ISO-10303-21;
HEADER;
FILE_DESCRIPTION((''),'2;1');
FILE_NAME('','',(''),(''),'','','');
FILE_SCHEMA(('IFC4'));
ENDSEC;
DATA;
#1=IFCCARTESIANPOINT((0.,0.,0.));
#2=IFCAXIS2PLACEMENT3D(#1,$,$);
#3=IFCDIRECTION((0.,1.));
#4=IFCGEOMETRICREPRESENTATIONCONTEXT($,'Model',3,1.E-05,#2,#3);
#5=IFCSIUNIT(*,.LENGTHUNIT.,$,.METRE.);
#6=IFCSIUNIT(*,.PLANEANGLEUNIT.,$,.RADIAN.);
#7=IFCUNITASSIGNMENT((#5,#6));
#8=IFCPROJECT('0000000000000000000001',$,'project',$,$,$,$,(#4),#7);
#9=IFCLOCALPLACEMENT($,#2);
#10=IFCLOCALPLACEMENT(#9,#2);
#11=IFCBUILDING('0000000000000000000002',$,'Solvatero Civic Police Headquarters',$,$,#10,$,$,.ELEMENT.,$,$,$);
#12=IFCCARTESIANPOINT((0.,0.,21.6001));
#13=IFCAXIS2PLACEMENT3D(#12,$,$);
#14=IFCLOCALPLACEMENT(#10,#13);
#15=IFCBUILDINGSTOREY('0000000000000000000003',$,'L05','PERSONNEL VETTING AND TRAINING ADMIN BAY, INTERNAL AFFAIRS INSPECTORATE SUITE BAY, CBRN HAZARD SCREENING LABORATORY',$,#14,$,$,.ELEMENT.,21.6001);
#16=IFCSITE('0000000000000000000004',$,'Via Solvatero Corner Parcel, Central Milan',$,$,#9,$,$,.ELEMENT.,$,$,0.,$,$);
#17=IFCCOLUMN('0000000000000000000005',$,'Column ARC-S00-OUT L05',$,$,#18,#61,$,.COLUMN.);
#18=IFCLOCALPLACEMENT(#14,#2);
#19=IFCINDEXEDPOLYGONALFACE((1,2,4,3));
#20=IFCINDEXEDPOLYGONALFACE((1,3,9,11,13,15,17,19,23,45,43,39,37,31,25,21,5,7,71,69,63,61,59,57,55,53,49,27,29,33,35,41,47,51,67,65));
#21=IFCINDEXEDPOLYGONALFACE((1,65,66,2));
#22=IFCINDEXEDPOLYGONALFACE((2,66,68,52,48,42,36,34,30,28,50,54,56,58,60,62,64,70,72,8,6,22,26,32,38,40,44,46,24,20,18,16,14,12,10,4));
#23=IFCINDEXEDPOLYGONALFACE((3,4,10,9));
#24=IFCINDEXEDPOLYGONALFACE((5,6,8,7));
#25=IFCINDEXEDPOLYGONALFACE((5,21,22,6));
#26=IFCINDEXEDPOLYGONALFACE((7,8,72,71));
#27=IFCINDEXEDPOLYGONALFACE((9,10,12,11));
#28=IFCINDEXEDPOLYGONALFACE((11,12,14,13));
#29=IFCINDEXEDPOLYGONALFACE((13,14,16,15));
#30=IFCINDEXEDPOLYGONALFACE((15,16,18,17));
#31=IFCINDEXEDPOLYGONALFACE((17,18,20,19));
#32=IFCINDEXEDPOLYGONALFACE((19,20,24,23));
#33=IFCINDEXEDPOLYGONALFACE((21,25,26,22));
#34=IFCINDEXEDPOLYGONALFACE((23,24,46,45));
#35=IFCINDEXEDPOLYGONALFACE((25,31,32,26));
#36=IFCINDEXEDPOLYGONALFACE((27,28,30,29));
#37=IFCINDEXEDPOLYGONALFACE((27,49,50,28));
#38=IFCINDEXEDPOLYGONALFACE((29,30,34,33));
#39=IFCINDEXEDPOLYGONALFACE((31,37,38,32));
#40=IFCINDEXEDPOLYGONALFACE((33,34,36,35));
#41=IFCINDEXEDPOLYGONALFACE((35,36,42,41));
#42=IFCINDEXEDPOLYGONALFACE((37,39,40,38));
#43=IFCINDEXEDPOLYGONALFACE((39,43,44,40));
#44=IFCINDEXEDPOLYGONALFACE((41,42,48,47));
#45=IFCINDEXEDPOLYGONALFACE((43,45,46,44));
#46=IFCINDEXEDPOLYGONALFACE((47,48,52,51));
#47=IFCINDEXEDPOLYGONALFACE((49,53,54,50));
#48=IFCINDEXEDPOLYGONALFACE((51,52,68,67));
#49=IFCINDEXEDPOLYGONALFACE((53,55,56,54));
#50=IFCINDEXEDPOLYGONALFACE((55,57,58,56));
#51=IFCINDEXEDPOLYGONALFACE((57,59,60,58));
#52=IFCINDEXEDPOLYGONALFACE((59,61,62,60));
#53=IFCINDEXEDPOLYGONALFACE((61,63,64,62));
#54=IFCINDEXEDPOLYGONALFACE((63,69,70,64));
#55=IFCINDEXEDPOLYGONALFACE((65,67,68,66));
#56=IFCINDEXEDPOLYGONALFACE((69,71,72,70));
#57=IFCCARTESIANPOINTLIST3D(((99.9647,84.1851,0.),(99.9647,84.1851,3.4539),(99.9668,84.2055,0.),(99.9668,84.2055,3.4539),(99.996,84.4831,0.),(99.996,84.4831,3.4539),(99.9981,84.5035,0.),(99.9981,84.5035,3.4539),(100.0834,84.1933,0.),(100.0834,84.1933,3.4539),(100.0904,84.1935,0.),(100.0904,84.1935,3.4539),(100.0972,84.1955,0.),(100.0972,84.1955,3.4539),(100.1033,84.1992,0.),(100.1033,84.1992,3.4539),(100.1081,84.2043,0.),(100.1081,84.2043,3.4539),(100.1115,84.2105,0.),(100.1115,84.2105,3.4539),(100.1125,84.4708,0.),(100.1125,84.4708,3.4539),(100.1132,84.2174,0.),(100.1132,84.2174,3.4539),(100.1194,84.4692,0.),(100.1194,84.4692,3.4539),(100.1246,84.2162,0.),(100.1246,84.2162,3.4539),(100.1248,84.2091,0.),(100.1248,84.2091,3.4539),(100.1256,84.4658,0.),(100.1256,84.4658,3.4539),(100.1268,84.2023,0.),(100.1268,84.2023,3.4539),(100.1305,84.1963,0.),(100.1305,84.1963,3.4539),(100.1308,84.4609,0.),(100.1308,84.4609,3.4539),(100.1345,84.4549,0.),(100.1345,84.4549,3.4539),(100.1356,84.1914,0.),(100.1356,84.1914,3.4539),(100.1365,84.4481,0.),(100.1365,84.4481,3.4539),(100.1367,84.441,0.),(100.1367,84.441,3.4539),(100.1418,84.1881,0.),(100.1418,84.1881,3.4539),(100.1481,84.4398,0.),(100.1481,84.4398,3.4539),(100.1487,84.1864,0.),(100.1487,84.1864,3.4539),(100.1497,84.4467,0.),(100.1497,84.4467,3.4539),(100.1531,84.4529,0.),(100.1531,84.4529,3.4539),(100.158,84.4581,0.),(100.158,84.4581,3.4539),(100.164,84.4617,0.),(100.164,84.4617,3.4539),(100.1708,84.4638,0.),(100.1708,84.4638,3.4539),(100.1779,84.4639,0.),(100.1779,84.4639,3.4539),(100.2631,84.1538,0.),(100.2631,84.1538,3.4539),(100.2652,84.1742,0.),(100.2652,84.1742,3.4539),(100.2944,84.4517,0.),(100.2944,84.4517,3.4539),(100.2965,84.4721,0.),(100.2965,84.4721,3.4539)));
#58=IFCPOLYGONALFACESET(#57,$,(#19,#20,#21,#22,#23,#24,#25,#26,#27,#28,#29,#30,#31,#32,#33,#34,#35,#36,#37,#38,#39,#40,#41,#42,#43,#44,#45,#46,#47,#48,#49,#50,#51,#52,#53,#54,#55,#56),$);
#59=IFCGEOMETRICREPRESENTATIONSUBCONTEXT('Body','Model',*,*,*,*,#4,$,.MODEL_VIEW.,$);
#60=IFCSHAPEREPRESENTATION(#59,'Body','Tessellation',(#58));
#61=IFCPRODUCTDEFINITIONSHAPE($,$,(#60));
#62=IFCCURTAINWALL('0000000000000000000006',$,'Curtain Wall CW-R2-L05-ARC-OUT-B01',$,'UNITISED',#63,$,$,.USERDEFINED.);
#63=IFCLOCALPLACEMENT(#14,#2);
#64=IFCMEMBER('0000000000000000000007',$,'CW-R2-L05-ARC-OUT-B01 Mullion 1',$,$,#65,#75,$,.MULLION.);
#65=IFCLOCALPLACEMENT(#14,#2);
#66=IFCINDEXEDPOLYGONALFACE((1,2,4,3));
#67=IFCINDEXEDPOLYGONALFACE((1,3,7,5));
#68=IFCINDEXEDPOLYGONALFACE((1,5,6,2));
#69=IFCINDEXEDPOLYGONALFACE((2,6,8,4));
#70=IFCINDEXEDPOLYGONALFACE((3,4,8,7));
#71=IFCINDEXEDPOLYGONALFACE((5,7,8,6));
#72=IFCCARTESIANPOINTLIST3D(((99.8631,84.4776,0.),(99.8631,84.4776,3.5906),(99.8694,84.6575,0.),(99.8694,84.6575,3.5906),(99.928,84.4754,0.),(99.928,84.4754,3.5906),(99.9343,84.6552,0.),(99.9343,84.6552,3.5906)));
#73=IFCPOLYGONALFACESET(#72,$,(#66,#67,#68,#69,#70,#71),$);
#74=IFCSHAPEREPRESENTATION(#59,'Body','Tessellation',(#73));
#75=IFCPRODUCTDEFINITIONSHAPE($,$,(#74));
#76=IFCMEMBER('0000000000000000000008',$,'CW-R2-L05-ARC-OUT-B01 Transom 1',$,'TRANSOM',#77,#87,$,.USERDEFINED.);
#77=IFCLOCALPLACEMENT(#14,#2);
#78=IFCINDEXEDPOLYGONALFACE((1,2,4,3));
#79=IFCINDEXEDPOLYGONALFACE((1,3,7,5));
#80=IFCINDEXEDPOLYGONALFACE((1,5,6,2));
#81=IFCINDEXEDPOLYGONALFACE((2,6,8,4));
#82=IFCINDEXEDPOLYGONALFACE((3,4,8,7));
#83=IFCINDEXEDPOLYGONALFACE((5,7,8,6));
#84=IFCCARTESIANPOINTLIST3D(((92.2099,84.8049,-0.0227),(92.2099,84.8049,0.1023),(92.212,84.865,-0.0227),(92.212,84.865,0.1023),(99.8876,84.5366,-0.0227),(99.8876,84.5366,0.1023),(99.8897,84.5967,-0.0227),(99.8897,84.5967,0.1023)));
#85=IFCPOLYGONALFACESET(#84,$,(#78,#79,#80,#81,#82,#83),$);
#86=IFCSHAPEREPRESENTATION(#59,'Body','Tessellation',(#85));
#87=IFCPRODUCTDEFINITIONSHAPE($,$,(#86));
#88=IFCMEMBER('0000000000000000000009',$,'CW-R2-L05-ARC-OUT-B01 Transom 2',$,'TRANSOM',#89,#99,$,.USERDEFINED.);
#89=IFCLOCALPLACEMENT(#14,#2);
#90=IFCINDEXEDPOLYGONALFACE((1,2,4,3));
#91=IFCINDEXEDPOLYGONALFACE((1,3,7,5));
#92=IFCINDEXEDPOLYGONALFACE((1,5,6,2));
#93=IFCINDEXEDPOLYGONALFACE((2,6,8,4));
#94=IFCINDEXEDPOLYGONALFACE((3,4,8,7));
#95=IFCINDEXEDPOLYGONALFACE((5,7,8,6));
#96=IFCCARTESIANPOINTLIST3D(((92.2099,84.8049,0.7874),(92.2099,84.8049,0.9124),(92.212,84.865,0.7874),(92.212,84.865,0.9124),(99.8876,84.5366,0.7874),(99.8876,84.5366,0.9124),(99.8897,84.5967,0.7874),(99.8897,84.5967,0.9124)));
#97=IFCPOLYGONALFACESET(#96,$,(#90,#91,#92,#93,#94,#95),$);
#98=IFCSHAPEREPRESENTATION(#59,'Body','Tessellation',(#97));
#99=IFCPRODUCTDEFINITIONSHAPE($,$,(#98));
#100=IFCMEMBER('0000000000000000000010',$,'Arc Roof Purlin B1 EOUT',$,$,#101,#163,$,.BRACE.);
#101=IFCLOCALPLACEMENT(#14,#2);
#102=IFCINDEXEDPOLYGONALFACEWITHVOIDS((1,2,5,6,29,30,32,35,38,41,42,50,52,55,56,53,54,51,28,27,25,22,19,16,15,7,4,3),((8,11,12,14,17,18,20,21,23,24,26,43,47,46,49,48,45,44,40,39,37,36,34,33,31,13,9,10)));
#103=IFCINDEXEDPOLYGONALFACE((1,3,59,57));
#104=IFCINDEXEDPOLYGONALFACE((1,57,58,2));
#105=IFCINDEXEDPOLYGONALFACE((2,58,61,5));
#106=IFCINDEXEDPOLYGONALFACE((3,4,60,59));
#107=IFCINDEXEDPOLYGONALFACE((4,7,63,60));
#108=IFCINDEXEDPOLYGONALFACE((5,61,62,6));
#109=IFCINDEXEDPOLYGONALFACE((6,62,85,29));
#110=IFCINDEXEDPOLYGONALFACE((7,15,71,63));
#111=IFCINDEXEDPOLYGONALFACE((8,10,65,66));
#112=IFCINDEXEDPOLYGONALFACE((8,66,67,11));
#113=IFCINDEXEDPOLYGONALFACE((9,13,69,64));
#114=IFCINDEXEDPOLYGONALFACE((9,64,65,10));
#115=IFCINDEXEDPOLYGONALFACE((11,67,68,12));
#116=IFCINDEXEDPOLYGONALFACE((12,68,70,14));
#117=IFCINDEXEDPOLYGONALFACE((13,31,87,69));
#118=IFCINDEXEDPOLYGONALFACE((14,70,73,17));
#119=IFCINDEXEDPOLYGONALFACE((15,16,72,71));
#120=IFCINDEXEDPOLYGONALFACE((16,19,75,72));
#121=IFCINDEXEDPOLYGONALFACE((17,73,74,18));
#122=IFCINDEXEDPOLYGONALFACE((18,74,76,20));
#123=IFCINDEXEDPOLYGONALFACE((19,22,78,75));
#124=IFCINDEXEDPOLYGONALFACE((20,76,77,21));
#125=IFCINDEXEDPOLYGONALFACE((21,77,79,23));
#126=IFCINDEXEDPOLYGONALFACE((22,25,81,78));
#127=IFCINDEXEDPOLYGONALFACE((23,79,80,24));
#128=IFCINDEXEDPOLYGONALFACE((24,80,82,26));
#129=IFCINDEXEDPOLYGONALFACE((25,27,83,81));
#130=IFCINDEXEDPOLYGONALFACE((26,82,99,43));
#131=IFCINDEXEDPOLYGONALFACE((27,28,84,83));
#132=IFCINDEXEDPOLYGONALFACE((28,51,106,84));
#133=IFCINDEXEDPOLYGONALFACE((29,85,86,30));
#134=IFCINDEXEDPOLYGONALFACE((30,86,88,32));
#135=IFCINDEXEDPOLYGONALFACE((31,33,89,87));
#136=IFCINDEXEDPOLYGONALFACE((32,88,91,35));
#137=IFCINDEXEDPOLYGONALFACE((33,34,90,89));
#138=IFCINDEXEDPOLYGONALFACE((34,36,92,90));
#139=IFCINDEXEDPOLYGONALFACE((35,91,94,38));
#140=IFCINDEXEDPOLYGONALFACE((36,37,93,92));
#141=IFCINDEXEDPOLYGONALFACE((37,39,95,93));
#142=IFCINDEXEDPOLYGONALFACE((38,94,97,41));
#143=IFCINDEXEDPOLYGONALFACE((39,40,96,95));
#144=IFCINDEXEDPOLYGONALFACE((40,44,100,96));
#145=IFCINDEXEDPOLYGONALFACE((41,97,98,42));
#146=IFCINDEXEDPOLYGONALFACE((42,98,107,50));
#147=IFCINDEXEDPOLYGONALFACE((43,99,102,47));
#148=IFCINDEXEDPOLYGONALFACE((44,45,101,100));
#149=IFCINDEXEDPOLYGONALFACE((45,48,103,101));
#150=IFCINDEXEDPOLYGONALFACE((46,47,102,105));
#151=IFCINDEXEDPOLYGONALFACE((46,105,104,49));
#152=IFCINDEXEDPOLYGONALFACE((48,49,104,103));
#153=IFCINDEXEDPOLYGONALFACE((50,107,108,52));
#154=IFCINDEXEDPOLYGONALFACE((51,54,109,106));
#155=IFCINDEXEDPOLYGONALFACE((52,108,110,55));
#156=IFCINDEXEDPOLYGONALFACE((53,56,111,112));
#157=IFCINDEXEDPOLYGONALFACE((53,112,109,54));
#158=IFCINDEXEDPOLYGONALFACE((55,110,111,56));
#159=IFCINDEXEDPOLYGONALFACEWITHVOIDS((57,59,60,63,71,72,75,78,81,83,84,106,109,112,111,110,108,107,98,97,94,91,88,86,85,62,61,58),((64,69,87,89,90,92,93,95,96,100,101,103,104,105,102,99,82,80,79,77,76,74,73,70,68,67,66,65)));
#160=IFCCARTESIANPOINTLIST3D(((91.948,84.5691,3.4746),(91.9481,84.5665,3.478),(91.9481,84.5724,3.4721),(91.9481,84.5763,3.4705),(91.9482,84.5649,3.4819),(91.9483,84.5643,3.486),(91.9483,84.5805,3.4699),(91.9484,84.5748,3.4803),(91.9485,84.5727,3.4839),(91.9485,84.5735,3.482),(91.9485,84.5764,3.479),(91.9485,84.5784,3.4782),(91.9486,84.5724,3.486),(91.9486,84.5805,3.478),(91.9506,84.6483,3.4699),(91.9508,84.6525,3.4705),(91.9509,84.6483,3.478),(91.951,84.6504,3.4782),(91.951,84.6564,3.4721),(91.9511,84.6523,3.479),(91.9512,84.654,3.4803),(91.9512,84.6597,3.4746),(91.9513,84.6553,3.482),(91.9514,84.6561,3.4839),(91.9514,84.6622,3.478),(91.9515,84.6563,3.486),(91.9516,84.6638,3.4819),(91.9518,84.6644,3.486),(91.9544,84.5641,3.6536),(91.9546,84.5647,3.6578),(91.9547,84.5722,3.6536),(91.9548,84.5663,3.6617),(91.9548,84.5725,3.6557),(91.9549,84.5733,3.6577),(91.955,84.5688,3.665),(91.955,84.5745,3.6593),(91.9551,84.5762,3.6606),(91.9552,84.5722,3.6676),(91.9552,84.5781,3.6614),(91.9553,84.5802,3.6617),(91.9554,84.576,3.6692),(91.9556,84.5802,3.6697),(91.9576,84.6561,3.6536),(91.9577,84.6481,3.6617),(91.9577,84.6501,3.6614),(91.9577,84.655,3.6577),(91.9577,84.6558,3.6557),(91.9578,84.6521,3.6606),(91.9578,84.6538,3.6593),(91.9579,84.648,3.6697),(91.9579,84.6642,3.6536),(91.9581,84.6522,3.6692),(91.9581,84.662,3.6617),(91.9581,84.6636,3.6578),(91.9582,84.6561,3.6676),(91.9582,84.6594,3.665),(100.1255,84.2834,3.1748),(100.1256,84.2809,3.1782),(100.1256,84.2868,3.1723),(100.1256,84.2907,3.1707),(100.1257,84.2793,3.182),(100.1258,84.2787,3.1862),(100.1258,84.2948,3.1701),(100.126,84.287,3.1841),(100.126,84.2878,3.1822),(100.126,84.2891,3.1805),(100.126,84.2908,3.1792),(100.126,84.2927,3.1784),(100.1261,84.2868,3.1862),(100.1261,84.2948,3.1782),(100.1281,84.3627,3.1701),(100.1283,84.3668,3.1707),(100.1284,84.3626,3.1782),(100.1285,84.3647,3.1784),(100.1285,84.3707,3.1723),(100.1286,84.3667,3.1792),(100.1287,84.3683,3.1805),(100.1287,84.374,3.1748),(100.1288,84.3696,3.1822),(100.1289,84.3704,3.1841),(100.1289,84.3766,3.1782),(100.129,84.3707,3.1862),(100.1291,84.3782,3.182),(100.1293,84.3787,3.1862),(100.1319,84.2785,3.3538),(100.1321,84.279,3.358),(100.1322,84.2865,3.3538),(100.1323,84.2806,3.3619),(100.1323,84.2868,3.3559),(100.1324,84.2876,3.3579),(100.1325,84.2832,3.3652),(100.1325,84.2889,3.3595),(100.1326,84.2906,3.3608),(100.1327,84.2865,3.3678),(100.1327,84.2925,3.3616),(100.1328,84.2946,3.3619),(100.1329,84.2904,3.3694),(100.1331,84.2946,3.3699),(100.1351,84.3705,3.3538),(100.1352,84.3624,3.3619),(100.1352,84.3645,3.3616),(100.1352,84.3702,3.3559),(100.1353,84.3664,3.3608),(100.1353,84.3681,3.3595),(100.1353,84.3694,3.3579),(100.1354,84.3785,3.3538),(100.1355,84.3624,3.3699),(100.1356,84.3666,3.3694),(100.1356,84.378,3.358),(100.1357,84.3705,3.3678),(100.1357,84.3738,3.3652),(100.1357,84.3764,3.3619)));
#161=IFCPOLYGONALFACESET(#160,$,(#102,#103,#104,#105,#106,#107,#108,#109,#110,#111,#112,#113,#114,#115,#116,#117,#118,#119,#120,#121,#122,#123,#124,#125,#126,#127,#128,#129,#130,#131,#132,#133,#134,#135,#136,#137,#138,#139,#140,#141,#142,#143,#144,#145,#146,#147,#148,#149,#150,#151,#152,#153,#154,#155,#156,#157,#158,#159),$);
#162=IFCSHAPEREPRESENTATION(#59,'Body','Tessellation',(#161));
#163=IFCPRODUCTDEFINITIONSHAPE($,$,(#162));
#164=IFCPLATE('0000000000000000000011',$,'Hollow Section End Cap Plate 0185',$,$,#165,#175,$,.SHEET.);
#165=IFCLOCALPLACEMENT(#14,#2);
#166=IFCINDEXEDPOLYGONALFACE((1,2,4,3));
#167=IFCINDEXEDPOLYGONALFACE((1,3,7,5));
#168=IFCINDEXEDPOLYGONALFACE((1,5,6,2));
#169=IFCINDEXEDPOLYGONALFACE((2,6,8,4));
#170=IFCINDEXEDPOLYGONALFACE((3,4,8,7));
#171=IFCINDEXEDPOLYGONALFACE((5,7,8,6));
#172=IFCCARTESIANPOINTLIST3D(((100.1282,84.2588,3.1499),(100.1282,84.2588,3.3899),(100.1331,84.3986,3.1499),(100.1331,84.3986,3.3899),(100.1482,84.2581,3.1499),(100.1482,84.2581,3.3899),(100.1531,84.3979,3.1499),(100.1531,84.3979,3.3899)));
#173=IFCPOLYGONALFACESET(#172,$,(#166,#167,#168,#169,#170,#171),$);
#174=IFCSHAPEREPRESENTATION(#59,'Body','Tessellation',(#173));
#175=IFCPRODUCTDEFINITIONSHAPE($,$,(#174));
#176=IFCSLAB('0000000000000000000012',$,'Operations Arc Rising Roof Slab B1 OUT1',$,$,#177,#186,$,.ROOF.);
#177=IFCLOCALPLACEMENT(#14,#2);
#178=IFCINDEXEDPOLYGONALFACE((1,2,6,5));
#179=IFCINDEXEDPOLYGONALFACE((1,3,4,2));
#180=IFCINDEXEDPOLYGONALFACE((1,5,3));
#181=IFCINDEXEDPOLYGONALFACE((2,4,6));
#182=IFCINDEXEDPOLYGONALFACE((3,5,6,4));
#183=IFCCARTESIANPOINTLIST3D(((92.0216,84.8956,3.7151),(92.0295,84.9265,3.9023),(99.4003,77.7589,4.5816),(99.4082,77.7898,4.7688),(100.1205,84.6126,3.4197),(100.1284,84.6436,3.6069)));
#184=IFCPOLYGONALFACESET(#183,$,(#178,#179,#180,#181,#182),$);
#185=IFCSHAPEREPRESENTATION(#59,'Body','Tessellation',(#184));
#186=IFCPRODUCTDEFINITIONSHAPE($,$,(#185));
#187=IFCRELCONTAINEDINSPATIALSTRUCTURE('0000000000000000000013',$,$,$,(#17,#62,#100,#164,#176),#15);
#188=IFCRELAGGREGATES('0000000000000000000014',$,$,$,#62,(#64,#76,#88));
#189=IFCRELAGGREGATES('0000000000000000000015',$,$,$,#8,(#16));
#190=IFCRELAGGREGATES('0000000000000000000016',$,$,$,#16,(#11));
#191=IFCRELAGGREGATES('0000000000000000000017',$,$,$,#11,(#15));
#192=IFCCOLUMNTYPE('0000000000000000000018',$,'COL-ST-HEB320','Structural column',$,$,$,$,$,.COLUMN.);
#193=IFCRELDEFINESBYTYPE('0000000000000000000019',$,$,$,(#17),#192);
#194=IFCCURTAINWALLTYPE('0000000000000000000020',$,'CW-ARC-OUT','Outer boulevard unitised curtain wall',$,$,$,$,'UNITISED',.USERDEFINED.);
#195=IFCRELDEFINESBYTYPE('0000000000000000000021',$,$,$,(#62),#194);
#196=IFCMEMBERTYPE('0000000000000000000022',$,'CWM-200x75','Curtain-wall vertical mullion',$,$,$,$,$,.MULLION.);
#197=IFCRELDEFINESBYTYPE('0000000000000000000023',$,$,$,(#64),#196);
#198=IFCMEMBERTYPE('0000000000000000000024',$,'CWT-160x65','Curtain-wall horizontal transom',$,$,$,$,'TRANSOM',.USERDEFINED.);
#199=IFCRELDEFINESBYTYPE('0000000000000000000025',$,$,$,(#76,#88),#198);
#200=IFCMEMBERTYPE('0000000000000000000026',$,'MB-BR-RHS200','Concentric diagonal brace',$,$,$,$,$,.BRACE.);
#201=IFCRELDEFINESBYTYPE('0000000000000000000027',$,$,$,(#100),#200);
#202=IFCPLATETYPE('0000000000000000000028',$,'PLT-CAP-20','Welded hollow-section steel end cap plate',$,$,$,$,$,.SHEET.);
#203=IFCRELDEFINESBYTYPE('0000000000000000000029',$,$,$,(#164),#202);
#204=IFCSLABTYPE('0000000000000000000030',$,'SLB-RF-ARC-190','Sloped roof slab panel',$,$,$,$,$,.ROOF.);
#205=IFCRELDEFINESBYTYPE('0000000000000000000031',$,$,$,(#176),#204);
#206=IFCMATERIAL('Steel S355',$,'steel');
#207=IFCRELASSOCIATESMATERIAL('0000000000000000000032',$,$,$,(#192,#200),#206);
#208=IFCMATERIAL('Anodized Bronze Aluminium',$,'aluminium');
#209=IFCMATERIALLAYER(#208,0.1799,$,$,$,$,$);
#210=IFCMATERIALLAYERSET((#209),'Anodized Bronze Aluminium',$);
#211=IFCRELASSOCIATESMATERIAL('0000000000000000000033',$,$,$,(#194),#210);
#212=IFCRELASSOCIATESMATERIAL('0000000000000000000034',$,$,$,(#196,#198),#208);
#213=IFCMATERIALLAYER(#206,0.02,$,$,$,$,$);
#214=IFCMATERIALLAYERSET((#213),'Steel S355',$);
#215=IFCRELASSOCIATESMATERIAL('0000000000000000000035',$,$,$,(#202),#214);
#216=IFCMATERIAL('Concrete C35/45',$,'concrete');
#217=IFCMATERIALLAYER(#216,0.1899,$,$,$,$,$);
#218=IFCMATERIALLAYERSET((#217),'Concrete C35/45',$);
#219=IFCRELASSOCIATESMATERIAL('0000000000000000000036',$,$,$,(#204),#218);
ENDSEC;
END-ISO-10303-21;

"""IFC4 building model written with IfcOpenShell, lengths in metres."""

from ifc_helpers import new_model, si_unit, direction, frame, origin, origin_2d, place, context, subcontext, project, spatial, polyline, rectangle, hollow_rectangle, i_section, outline, extrude, material, layer, layer_set, material_profile, profile_set, type_object, element, aggregate, save


model = new_model("IFC4")

# Units and contexts
model_context = context("Model", 3, precision=1e-05, world=origin(), true_north=direction((0.0, 1.0)))
body_context = subcontext(model_context, "Body", "Model", "MODEL_VIEW")
ifc_project = project(units=[si_unit("LENGTHUNIT", "METRE"), si_unit("PLANEANGLEUNIT", "RADIAN")], contexts=[model_context])

# Site, building, storey
site_placement = place(None, origin())
site = spatial("IfcSite", under=ifc_project, at=site_placement, Name="Via Solvatero Corner Parcel, Central Milan", CompositionType="ELEMENT", RefElevation=0.0)
building_placement = place(site_placement, origin())
building = spatial("IfcBuilding", under=site, at=building_placement, Name="Solvatero Civic Police Headquarters", CompositionType="ELEMENT")
storey_placement = place(building_placement, frame((0.0, 0.0, 21.6001)))
storey = spatial("IfcBuildingStorey", under=building, at=storey_placement, Name="L05", Description="PERSONNEL VETTING AND TRAINING ADMIN BAY, INTERNAL AFFAIRS INSPECTORATE SUITE BAY, CBRN HAZARD SCREENING LABORATORY", CompositionType="ELEMENT", Elevation=21.6001)

# Column
ifc_material_1 = material(Name="Steel S355", Category="steel")
ifc_material_profile_1 = material_profile(ifc_material_1, i_section(OverallWidth=0.3, OverallDepth=0.3201, WebThickness=0.0115, FlangeThickness=0.0205, FilletRadius=0.0271, at=origin_2d()), Name="HEB 320")
ifc_profile_set_1 = profile_set([ifc_material_profile_1], Name="Steel S355")
column_type = type_object("IfcColumnType", Name="COL-ST-HEB320", Description="Structural column", PredefinedType="COLUMN", material=ifc_profile_set_1)
column_placement = place(storey_placement, frame((100.1306, 84.3286, 0.0), z_axis=(0.0, 0.0, 1.0), x_axis=(0.994522, -0.104528, 0.0)))
element("IfcColumn", 1, at=column_placement, inside=storey, type_object=column_type, Name="Column ARC-S00-OUT L05", PredefinedType="COLUMN", context=body_context, shape_type="SweptSolid", body=[
    extrude(i_section(OverallWidth=0.3, OverallDepth=0.3201, WebThickness=0.0115, FlangeThickness=0.0205, FilletRadius=0.0271, at=origin_2d()), origin(), (0.0, 0.0, 1.0), 3.4539),
])

# Curtain wall, members
ifc_material_2 = material(Name="Anodized Bronze Aluminium", Category="aluminium")
ifc_layer_1 = layer(ifc_material_2, 0.1799)
ifc_layer_set_1 = layer_set([ifc_layer_1], Name="Anodized Bronze Aluminium")
curtain_wall_type = type_object("IfcCurtainWallType", Name="CW-ARC-OUT", Description="Outer boulevard unitised curtain wall", ElementType="UNITISED", PredefinedType="USERDEFINED", material=ifc_layer_set_1)
curtain_wall_placement = place(storey_placement, origin())
curtain_wall = element("IfcCurtainWall", 2, at=curtain_wall_placement, inside=storey, type_object=curtain_wall_type, Name="Curtain Wall CW-R2-L05-ARC-OUT-B01", ObjectType="UNITISED", PredefinedType="USERDEFINED")
ifc_material_profile_2 = material_profile(ifc_material_2, rectangle(XDim=0.0649, YDim=0.1799, at=origin_2d()), Name="ALU MULLION 65x180")
ifc_profile_set_2 = profile_set([ifc_material_profile_2], Name="Anodized Bronze Aluminium")
member_type_1 = type_object("IfcMemberType", Name="CWM-200x75", Description="Curtain-wall vertical mullion", PredefinedType="MULLION", material=ifc_profile_set_2)
member_1_placement = place(storey_placement, frame((99.8987, 84.5664, 0.0), z_axis=(0.0, 0.0, 1.0), x_axis=(-0.99939, 0.034917, 0.0)))
member_1 = element("IfcMember", 3, at=member_1_placement, type_object=member_type_1, Name="CW-R2-L05-ARC-OUT-B01 Mullion 1", PredefinedType="MULLION", context=body_context, shape_type="SweptSolid", body=[
    extrude(rectangle(XDim=0.0649, YDim=0.1799, at=origin_2d()), origin(), (0.0, 0.0, 1.0), 3.5906),
])
ifc_material_profile_3 = material_profile(ifc_material_2, rectangle(XDim=0.0601, YDim=0.125, at=origin_2d()), Name="ALU TRANSOM 60x125")
ifc_profile_set_3 = profile_set([ifc_material_profile_3], Name="Anodized Bronze Aluminium")
member_type_2 = type_object("IfcMemberType", Name="CWT-160x65", Description="Curtain-wall horizontal transom", ElementType="TRANSOM", PredefinedType="USERDEFINED", material=ifc_profile_set_3)
member_2_placement = place(storey_placement, frame((99.8887, 84.5667, 0.0398), z_axis=(-0.99939, 0.034925, 0.0), x_axis=(-0.034925, -0.99939, 0.0)))
member_2 = element("IfcMember", 4, at=member_2_placement, type_object=member_type_2, Name="CW-R2-L05-ARC-OUT-B01 Transom 1", ObjectType="TRANSOM", PredefinedType="USERDEFINED", context=body_context, shape_type="SweptSolid", body=[
    extrude(rectangle(XDim=0.0601, YDim=0.125, at=origin_2d()), origin(), (0.0, 0.0, 1.0), 7.6824),
])
member_3_placement = place(storey_placement, frame((99.8887, 84.5667, 0.8499), z_axis=(-0.99939, 0.034925, 0.0), x_axis=(-0.034925, -0.99939, 0.0)))
member_3 = element("IfcMember", 5, at=member_3_placement, type_object=member_type_2, Name="CW-R2-L05-ARC-OUT-B01 Transom 2", ObjectType="TRANSOM", PredefinedType="USERDEFINED", context=body_context, shape_type="SweptSolid", body=[
    extrude(rectangle(XDim=0.0601, YDim=0.125, at=origin_2d()), origin(), (0.0, 0.0, 1.0), 7.6824),
])
aggregate(curtain_wall, [member_1, member_2, member_3])

# Member
ifc_material_profile_4 = material_profile(ifc_material_1, hollow_rectangle(XDim=0.1001, YDim=0.2, WallThickness=0.0081, InnerFilletRadius=0.0081, OuterFilletRadius=0.0161, at=origin_2d()), Name="RHS 200x100x8.0")
ifc_profile_set_4 = profile_set([ifc_material_profile_4], Name="Steel S355")
member_type_3 = type_object("IfcMemberType", Name="MB-BR-RHS200", Description="Concentric diagonal brace", PredefinedType="BRACE", material=ifc_profile_set_4)
member_4_placement = place(storey_placement, frame((100.1306, 84.3286, 3.27), z_axis=(-0.99872, 0.034886, 0.036615), x_axis=(-0.034909, -0.99939, 0.0)))
element("IfcMember", 6, at=member_4_placement, inside=storey, type_object=member_type_3, Name="Arc Roof Purlin B1 EOUT", PredefinedType="BRACE", context=body_context, shape_type="SweptSolid", body=[
    extrude(hollow_rectangle(XDim=0.1001, YDim=0.2, WallThickness=0.0081, InnerFilletRadius=0.0081, OuterFilletRadius=0.0161, at=origin_2d()), origin(), (0.0, 0.0, 1.0), 8.188),
])

# Plate
ifc_layer_2 = layer(ifc_material_1, 0.02)
ifc_layer_set_2 = layer_set([ifc_layer_2], Name="Steel S355")
plate_type = type_object("IfcPlateType", Name="PLT-CAP-20", Description="Welded hollow-section steel end cap plate", PredefinedType="SHEET", material=ifc_layer_set_2)
plate_placement = place(storey_placement, frame((100.1406, 84.3284, 3.1499), z_axis=(0.0, 0.0, 1.0), x_axis=(-0.999391, 0.034899, 0.0)))
element("IfcPlate", 7, at=plate_placement, inside=storey, type_object=plate_type, Name="Hollow Section End Cap Plate 0185", PredefinedType="SHEET", context=body_context, shape_type="SweptSolid", body=[
    extrude(rectangle(XDim=0.02, YDim=0.1399, at=origin_2d()), origin(), (0.0, 0.0, 1.0), 0.24),
])

# Slab
ifc_material_3 = material(Name="Concrete C35/45", Category="concrete")
ifc_layer_3 = layer(ifc_material_3, 0.1899)
ifc_layer_set_3 = layer_set([ifc_layer_3], Name="Concrete C35/45")
slab_type = type_object("IfcSlabType", Name="SLB-RF-ARC-190", Description="Sloped roof slab panel", PredefinedType="ROOF", material=ifc_layer_set_3)
slab_1_placement = place(storey_placement, frame((99.4082, 77.7898, 4.7688), z_axis=(0.041643, 0.162737, 0.98579), x_axis=(-0.716246, 0.692761, -0.084107)))
element("IfcSlab", 8, at=slab_1_placement, inside=storey, type_object=slab_type, Name="Operations Arc Rising Roof Slab B1 OUT1", PredefinedType="ROOF", context=body_context, shape_type="SweptSolid", body=[
    extrude(outline(polyline([(0.0, 0.0), (10.3019, 0.0), (4.3299, -5.4859), (0.0, 0.0)])), origin(), (0.0, 0.0, -1.0), 0.1899),
])

save(model, "model.ifc")
